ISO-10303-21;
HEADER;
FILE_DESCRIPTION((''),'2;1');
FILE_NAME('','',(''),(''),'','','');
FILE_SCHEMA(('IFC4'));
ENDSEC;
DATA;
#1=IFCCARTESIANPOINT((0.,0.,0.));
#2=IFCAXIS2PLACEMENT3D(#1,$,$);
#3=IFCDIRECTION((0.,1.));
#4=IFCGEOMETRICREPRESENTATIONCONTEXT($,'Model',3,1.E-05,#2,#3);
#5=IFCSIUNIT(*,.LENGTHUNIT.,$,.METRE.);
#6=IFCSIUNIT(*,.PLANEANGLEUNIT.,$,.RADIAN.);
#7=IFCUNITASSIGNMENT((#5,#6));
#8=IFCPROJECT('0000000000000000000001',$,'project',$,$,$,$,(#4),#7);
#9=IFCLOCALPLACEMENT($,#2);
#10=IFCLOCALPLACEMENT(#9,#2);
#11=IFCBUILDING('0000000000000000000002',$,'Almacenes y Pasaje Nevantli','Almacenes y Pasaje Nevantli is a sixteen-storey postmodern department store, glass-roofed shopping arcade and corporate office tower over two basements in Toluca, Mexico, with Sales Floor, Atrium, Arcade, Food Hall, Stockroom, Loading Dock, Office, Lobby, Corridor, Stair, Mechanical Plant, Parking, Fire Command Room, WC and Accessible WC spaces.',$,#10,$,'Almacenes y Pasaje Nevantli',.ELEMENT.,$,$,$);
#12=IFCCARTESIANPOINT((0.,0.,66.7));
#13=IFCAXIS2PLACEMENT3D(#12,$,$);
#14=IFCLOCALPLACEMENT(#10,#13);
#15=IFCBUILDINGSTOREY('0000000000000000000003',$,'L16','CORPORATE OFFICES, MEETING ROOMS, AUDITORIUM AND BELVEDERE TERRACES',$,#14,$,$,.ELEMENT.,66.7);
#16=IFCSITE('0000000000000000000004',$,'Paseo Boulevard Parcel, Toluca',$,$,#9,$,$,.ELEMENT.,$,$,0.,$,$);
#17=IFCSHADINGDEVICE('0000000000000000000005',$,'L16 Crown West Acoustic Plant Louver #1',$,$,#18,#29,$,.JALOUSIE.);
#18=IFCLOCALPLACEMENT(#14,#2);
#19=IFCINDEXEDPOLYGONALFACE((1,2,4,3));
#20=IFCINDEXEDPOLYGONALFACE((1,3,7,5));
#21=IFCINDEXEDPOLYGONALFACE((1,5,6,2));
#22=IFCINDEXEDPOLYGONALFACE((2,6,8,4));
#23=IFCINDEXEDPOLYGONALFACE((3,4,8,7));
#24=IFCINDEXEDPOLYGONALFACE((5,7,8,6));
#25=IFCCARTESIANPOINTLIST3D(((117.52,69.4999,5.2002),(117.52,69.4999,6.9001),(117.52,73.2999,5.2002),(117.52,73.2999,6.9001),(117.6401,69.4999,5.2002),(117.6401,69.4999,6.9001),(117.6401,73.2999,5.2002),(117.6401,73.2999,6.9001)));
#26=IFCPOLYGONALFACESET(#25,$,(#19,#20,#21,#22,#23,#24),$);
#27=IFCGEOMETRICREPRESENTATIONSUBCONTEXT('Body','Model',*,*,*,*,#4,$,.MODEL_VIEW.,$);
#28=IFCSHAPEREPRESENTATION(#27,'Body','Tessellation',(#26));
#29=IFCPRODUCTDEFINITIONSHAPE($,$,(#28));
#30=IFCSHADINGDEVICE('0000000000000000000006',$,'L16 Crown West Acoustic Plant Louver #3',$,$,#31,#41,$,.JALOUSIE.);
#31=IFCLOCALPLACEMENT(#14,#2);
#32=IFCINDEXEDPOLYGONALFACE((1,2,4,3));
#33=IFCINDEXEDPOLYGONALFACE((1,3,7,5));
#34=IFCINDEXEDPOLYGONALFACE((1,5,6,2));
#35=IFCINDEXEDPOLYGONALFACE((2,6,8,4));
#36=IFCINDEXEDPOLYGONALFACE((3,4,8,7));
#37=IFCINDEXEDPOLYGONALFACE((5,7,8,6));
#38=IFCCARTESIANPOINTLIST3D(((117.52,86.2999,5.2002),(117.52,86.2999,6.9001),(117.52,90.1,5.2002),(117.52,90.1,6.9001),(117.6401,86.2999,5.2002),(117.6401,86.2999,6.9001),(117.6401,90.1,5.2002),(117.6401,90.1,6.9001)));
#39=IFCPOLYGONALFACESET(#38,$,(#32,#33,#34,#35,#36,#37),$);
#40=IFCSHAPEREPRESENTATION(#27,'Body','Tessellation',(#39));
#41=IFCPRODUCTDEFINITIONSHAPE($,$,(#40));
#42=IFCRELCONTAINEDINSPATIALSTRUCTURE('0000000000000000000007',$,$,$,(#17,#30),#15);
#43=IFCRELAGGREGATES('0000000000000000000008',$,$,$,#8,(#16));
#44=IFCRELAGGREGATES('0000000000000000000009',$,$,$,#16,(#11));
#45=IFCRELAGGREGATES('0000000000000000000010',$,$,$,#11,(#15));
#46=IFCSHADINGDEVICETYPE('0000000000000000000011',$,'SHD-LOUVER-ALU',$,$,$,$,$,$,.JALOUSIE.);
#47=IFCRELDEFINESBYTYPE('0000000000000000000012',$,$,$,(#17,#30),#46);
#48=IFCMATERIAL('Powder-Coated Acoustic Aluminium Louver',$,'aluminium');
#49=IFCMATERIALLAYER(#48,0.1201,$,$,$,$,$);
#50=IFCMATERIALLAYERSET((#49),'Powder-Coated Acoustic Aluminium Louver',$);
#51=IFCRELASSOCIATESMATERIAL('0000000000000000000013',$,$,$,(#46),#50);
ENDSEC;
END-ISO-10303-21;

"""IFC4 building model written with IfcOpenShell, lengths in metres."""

from ifc_helpers import new_model, si_unit, direction, frame, origin, origin_2d, place, context, subcontext, project, spatial, rectangle, extrude, material, layer, layer_set, type_object, element, save


model = new_model("IFC4")

# Units and contexts
model_context = context("Model", 3, precision=1e-05, world=origin(), true_north=direction((0.0, 1.0)))
body_context = subcontext(model_context, "Body", "Model", "MODEL_VIEW")
ifc_project = project(units=[si_unit("LENGTHUNIT", "METRE"), si_unit("PLANEANGLEUNIT", "RADIAN")], contexts=[model_context])

# Site, building, storey
site_placement = place(None, origin())
site = spatial("IfcSite", under=ifc_project, at=site_placement, Name="Paseo Boulevard Parcel, Toluca", CompositionType="ELEMENT", RefElevation=0.0)
building_placement = place(site_placement, origin())
building = spatial("IfcBuilding", under=site, at=building_placement, Name="Almacenes y Pasaje Nevantli", Description="Almacenes y Pasaje Nevantli is a sixteen-storey postmodern department store, glass-roofed shopping arcade and corporate office tower over two basements in Toluca, Mexico, with Sales Floor, Atrium, Arcade, Food Hall, Stockroom, Loading Dock, Office, Lobby, Corridor, Stair, Mechanical Plant, Parking, Fire Command Room, WC and Accessible WC spaces.", LongName="Almacenes y Pasaje Nevantli", CompositionType="ELEMENT")
storey_placement = place(building_placement, frame((0.0, 0.0, 66.7)))
storey = spatial("IfcBuildingStorey", under=building, at=storey_placement, Name="L16", Description="CORPORATE OFFICES, MEETING ROOMS, AUDITORIUM AND BELVEDERE TERRACES", CompositionType="ELEMENT", Elevation=66.7)

# Shading devices
ifc_material_1 = material(Name="Powder-Coated Acoustic Aluminium Louver", Category="aluminium")
ifc_layer_1 = layer(ifc_material_1, 0.1201)
ifc_layer_set_1 = layer_set([ifc_layer_1], Name="Powder-Coated Acoustic Aluminium Louver")
shading_device_type = type_object("IfcShadingDeviceType", Name="SHD-LOUVER-ALU", PredefinedType="JALOUSIE", material=ifc_layer_set_1)
for number, where, z_axis, x_axis, name in (
    (1, (117.5801, 71.3999, 5.2002), (0.0, 0.0, 1.0), (1.0, 0.0, 0.0), "L16 Crown West Acoustic Plant Louver #1"),
    (2, (117.5801, 88.2, 5.2002), (0.0, 0.0, 1.0), (1.0, 0.0, 0.0), "L16 Crown West Acoustic Plant Louver #3"),
):
    element("IfcShadingDevice", number, at=place(storey_placement, frame(where, z_axis=z_axis, x_axis=x_axis)), inside=storey, type_object=shading_device_type, Name=name, PredefinedType="JALOUSIE", context=body_context, shape_type="SweptSolid", body=[
        extrude(rectangle(XDim=0.1201, YDim=3.8, at=origin_2d()), origin(), (0.0, 0.0, 1.0), 1.7),
    ])

save(model, "model.ifc")
